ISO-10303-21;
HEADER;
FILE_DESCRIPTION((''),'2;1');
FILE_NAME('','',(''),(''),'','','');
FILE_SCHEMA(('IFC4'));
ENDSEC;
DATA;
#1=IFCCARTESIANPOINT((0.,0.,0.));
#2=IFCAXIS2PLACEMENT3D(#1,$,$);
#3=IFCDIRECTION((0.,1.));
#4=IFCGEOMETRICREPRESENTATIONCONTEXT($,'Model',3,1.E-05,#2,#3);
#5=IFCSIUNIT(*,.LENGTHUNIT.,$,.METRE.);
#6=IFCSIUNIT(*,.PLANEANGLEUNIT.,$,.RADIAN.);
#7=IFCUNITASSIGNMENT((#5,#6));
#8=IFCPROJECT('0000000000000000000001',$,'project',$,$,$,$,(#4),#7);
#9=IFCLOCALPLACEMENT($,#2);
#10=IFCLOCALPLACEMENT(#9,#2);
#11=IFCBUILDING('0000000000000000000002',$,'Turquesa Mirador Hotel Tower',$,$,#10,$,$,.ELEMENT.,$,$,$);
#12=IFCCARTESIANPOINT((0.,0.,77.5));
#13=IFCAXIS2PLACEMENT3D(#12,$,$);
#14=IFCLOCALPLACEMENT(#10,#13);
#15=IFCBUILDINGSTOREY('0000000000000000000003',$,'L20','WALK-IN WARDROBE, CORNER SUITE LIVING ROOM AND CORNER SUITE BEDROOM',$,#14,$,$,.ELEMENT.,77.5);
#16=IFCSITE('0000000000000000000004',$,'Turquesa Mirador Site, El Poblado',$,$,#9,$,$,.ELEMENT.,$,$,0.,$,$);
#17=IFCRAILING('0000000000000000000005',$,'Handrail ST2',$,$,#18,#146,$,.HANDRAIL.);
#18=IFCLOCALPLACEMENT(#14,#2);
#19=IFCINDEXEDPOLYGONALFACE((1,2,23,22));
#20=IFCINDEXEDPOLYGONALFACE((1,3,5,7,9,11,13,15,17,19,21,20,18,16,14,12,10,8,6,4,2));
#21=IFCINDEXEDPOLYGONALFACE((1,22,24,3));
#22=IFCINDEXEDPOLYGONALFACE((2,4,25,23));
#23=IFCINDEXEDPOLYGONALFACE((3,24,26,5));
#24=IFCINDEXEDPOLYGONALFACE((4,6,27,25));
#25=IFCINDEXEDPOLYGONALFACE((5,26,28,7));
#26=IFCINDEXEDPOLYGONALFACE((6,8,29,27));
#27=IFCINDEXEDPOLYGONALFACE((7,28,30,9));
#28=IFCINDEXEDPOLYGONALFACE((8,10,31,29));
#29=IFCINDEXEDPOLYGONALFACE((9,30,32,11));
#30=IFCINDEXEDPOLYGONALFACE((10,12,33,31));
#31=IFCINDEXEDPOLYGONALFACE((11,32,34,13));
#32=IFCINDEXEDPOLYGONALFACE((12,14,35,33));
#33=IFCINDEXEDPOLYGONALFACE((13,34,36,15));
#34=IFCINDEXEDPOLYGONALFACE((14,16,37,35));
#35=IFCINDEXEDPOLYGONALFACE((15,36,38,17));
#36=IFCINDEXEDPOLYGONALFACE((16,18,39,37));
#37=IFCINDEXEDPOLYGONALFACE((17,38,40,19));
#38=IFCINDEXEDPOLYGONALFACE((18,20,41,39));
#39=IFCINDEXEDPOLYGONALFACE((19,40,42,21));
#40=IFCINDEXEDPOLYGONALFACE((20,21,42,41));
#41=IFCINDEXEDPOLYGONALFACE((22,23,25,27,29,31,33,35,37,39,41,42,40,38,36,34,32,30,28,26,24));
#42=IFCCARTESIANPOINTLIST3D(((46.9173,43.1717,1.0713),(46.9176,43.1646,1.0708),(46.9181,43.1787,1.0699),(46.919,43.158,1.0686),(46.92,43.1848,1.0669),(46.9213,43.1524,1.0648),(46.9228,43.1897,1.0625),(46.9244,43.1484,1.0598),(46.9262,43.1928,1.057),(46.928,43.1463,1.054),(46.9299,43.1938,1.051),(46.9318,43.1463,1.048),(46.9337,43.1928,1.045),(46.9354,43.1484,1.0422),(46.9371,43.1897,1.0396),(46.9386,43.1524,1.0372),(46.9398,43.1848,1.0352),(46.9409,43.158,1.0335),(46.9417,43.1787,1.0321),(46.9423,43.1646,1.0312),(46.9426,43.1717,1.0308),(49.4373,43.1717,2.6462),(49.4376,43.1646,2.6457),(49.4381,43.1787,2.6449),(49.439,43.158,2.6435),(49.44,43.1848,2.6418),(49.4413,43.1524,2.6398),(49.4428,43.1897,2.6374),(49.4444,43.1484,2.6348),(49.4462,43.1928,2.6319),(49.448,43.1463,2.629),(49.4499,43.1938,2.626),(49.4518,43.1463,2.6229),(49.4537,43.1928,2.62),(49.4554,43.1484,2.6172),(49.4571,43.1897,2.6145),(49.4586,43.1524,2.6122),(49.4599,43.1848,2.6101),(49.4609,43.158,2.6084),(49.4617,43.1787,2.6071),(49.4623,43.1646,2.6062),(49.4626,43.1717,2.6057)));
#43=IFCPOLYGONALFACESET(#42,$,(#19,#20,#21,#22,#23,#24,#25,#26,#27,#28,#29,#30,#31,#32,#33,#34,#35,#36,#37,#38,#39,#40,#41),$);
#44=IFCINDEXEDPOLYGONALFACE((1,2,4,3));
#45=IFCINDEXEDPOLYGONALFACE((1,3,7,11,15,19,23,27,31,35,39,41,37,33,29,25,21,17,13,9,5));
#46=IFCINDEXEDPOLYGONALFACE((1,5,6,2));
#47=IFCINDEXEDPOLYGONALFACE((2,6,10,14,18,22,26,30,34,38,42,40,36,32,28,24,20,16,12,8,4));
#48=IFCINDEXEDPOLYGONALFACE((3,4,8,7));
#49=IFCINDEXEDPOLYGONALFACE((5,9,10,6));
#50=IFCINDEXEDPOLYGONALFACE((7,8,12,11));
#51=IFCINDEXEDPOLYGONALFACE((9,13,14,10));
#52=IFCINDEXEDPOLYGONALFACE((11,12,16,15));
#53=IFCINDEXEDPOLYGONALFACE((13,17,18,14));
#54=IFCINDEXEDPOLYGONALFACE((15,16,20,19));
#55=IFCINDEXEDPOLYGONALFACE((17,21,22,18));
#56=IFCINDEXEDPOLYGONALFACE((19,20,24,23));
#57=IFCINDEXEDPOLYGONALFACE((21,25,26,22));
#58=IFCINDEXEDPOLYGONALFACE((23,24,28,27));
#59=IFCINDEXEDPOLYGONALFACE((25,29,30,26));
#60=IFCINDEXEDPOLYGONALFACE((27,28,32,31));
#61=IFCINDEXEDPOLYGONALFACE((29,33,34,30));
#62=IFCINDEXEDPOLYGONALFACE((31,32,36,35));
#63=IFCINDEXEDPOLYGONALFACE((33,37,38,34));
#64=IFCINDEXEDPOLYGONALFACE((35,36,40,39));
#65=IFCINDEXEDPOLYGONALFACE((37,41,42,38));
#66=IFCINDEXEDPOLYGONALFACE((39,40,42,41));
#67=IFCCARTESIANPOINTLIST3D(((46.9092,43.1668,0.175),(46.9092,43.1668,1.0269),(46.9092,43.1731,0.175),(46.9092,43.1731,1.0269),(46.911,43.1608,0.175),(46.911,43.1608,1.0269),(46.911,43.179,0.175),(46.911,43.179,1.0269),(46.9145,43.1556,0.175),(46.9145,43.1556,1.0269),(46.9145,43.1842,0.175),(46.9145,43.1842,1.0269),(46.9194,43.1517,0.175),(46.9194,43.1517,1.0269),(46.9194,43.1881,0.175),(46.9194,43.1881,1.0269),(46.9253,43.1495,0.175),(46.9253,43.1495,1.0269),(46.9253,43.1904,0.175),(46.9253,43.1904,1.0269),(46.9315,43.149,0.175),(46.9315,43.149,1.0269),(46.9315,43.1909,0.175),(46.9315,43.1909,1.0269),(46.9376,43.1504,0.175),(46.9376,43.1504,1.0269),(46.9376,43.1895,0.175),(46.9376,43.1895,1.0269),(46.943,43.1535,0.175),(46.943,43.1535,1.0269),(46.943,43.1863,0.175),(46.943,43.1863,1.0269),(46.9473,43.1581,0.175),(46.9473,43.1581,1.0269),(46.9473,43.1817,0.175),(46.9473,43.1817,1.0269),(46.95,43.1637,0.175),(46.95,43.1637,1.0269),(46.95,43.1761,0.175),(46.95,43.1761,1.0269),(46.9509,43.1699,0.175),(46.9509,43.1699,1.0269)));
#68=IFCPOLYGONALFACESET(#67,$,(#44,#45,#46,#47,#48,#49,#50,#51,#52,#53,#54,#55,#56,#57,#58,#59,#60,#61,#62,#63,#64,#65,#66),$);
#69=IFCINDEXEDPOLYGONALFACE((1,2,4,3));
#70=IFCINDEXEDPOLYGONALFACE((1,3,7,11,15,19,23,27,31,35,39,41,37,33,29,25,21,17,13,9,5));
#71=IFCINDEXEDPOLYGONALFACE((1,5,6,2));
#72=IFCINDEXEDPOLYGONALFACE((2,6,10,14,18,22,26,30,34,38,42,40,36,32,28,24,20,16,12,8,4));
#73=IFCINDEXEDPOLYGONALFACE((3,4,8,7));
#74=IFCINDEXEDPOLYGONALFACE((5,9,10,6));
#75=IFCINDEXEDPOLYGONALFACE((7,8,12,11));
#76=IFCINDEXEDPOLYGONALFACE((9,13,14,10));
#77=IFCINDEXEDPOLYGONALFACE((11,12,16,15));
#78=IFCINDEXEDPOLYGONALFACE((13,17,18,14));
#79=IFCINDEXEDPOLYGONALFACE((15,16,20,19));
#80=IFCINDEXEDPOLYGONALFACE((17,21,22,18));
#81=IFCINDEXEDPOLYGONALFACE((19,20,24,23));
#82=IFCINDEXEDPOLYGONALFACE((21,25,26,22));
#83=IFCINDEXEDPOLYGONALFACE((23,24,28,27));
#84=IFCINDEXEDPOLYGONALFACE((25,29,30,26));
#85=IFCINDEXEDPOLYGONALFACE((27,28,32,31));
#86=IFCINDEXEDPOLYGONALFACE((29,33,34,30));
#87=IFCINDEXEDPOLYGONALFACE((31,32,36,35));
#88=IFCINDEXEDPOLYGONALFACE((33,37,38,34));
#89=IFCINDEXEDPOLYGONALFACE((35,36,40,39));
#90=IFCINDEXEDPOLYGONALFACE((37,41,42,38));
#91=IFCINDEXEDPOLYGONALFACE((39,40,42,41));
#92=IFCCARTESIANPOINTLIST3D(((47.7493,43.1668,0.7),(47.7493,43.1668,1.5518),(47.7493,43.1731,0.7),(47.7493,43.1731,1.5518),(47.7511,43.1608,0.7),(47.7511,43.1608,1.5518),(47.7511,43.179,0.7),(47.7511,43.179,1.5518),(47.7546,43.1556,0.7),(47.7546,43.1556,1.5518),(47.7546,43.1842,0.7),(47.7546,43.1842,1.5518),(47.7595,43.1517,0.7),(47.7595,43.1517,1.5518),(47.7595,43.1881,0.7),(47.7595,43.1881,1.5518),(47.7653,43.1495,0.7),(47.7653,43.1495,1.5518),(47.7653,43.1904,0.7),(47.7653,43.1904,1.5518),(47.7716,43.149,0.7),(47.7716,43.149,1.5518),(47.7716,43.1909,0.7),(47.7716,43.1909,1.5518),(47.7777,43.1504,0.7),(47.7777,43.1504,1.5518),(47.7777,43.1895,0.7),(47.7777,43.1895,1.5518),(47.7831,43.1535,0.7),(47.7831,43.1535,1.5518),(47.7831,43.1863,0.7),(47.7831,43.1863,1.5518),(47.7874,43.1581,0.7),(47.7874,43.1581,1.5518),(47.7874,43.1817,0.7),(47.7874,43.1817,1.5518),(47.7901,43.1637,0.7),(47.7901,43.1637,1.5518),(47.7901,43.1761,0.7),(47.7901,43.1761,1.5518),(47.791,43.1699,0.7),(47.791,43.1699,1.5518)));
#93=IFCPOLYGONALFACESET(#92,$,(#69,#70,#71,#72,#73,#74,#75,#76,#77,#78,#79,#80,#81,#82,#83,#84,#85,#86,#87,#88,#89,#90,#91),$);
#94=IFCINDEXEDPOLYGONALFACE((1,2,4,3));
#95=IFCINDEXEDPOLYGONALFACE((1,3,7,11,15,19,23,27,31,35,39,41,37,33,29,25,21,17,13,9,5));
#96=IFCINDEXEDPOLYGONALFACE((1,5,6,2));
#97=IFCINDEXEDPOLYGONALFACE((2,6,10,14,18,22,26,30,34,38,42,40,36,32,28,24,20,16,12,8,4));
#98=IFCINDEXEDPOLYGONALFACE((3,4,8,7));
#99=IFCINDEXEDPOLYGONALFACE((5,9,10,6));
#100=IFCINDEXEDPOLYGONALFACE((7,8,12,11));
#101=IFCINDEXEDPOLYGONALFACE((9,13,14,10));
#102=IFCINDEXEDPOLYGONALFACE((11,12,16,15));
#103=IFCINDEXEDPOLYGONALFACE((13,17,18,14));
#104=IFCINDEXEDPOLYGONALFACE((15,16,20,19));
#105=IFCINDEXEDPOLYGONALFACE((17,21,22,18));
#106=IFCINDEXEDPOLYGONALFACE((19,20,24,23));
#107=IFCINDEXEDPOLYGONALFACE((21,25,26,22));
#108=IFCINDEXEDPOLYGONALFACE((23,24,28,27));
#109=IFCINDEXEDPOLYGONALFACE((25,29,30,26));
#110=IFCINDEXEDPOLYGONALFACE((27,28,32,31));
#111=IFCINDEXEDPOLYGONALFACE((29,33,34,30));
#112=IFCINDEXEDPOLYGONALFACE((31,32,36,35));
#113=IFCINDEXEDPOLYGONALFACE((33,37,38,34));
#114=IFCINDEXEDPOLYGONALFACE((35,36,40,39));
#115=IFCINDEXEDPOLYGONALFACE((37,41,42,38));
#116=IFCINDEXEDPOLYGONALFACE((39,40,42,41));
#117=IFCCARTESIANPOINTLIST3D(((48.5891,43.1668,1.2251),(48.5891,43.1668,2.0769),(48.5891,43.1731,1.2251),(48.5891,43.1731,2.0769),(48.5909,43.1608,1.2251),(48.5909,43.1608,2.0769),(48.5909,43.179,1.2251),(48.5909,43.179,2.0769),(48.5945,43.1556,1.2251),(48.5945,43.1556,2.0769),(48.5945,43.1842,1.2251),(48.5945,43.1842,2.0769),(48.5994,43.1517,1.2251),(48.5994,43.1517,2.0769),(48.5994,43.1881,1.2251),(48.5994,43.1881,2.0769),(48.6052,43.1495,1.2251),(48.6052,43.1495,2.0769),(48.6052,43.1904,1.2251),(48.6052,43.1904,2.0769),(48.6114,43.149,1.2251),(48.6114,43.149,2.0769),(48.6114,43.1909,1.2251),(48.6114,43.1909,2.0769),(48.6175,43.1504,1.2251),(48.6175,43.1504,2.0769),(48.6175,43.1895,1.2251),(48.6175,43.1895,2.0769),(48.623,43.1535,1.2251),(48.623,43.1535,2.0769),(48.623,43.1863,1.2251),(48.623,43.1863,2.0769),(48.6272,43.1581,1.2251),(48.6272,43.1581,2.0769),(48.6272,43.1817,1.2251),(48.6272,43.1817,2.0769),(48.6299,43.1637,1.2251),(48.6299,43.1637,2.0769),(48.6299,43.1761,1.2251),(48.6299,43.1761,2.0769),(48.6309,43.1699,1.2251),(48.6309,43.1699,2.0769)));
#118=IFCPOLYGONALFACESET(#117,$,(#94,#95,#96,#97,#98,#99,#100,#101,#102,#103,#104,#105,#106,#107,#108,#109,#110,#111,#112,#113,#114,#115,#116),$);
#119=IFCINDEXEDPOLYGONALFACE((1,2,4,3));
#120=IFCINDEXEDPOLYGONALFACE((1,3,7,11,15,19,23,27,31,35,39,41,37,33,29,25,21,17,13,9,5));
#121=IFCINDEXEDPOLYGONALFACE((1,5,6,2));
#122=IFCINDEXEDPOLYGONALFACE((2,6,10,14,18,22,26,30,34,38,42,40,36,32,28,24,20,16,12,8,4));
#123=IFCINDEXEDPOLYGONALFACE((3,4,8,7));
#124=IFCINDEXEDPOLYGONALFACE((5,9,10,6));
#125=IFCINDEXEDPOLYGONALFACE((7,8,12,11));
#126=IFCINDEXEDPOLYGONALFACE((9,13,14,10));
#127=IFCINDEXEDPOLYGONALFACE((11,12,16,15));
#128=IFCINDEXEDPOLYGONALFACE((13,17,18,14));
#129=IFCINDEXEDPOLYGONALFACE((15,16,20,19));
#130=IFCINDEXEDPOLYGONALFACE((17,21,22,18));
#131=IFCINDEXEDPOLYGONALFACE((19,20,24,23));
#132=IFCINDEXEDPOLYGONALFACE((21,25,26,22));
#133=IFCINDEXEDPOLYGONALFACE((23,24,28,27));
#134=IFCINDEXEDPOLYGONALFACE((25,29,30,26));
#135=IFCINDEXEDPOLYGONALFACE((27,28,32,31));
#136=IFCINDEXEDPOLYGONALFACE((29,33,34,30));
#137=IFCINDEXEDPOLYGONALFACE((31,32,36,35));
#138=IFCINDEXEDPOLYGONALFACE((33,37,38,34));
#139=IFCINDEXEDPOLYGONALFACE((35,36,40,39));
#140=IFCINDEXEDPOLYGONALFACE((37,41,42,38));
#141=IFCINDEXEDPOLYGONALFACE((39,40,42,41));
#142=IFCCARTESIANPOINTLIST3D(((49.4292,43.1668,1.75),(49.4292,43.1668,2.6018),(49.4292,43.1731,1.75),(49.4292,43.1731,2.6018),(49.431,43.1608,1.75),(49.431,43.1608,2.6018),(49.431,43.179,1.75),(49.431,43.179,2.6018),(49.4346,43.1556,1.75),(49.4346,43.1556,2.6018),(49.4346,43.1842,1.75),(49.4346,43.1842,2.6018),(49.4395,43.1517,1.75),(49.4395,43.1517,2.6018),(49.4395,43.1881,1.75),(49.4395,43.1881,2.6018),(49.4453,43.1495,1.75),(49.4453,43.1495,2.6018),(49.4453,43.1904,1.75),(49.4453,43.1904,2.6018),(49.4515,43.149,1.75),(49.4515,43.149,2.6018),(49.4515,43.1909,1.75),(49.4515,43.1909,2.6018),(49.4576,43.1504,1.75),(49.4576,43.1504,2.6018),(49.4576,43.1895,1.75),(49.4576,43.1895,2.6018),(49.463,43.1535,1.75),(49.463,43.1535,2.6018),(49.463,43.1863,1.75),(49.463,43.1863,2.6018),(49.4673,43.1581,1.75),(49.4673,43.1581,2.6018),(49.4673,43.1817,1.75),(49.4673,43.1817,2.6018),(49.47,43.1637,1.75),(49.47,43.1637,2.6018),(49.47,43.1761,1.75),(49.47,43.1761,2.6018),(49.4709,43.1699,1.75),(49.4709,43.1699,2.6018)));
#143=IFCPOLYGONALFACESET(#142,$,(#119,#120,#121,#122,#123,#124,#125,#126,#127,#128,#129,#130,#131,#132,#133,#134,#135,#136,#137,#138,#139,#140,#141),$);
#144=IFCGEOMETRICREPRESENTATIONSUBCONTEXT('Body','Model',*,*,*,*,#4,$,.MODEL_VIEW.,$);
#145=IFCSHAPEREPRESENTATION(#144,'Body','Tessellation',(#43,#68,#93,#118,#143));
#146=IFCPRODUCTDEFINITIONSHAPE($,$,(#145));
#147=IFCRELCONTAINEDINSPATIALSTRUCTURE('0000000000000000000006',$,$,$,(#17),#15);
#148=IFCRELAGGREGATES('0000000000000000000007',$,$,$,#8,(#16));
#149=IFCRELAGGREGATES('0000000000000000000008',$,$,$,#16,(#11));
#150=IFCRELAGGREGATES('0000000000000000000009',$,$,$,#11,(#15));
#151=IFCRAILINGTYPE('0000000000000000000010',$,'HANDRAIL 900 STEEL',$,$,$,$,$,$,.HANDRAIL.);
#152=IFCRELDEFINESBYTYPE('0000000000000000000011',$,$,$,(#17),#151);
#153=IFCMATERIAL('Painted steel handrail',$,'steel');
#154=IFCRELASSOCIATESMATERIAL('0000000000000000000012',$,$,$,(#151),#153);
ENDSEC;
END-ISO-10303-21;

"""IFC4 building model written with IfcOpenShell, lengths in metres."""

from ifc_helpers import new_model, si_unit, direction, frame, origin, origin_2d, place, context, subcontext, project, spatial, circle, extrude, material, type_object, element, save


model = new_model("IFC4")

# Units and contexts
model_context = context("Model", 3, precision=1e-05, world=origin(), true_north=direction((0.0, 1.0)))
body_context = subcontext(model_context, "Body", "Model", "MODEL_VIEW")
ifc_project = project(units=[si_unit("LENGTHUNIT", "METRE"), si_unit("PLANEANGLEUNIT", "RADIAN")], contexts=[model_context])

# Site, building, storey
site_placement = place(None, origin())
site = spatial("IfcSite", under=ifc_project, at=site_placement, Name="Turquesa Mirador Site, El Poblado", CompositionType="ELEMENT", RefElevation=0.0)
building_placement = place(site_placement, origin())
building = spatial("IfcBuilding", under=site, at=building_placement, Name="Turquesa Mirador Hotel Tower", CompositionType="ELEMENT")
storey_placement = place(building_placement, frame((0.0, 0.0, 77.5)))
storey = spatial("IfcBuildingStorey", under=building, at=storey_placement, Name="L20", Description="WALK-IN WARDROBE, CORNER SUITE LIVING ROOM AND CORNER SUITE BEDROOM", CompositionType="ELEMENT", Elevation=77.5)

# Railing
ifc_material_1 = material(Name="Painted steel handrail", Category="steel")
railing_type = type_object("IfcRailingType", Name="HANDRAIL 900 STEEL", PredefinedType="HANDRAIL", material=ifc_material_1)
for number, where, name in (
    (1, (46.9299, 43.1699, 0.175), "Handrail ST2"),
):
    element("IfcRailing", number, at=place(storey_placement, frame(where)), inside=storey, type_object=railing_type, Name=name, PredefinedType="HANDRAIL", context=body_context, shape_type="SweptSolid", body=[
        extrude(circle(Radius=0.0239, at=origin_2d()), frame((0.0, 0.0, 0.876), z_axis=(0.848008, 0.0, 0.529984), x_axis=(0.0, 1.0, 0.0)), (0.0, 0.0, 1.0), 2.9717),
        extrude(circle(Radius=0.021, at=origin_2d()), origin(), (0.0, 0.0, 1.0), 0.8518),
        extrude(circle(Radius=0.021, at=origin_2d()), frame((0.8401, 0.0, 0.5249)), (0.0, 0.0, 1.0), 0.8518),
        extrude(circle(Radius=0.021, at=origin_2d()), frame((1.6799, 0.0, 1.05)), (0.0, 0.0, 1.0), 0.8518),
        extrude(circle(Radius=0.021, at=origin_2d()), frame((2.52, 0.0, 1.575)), (0.0, 0.0, 1.0), 0.8518),
    ])

save(model, "model.ifc")
